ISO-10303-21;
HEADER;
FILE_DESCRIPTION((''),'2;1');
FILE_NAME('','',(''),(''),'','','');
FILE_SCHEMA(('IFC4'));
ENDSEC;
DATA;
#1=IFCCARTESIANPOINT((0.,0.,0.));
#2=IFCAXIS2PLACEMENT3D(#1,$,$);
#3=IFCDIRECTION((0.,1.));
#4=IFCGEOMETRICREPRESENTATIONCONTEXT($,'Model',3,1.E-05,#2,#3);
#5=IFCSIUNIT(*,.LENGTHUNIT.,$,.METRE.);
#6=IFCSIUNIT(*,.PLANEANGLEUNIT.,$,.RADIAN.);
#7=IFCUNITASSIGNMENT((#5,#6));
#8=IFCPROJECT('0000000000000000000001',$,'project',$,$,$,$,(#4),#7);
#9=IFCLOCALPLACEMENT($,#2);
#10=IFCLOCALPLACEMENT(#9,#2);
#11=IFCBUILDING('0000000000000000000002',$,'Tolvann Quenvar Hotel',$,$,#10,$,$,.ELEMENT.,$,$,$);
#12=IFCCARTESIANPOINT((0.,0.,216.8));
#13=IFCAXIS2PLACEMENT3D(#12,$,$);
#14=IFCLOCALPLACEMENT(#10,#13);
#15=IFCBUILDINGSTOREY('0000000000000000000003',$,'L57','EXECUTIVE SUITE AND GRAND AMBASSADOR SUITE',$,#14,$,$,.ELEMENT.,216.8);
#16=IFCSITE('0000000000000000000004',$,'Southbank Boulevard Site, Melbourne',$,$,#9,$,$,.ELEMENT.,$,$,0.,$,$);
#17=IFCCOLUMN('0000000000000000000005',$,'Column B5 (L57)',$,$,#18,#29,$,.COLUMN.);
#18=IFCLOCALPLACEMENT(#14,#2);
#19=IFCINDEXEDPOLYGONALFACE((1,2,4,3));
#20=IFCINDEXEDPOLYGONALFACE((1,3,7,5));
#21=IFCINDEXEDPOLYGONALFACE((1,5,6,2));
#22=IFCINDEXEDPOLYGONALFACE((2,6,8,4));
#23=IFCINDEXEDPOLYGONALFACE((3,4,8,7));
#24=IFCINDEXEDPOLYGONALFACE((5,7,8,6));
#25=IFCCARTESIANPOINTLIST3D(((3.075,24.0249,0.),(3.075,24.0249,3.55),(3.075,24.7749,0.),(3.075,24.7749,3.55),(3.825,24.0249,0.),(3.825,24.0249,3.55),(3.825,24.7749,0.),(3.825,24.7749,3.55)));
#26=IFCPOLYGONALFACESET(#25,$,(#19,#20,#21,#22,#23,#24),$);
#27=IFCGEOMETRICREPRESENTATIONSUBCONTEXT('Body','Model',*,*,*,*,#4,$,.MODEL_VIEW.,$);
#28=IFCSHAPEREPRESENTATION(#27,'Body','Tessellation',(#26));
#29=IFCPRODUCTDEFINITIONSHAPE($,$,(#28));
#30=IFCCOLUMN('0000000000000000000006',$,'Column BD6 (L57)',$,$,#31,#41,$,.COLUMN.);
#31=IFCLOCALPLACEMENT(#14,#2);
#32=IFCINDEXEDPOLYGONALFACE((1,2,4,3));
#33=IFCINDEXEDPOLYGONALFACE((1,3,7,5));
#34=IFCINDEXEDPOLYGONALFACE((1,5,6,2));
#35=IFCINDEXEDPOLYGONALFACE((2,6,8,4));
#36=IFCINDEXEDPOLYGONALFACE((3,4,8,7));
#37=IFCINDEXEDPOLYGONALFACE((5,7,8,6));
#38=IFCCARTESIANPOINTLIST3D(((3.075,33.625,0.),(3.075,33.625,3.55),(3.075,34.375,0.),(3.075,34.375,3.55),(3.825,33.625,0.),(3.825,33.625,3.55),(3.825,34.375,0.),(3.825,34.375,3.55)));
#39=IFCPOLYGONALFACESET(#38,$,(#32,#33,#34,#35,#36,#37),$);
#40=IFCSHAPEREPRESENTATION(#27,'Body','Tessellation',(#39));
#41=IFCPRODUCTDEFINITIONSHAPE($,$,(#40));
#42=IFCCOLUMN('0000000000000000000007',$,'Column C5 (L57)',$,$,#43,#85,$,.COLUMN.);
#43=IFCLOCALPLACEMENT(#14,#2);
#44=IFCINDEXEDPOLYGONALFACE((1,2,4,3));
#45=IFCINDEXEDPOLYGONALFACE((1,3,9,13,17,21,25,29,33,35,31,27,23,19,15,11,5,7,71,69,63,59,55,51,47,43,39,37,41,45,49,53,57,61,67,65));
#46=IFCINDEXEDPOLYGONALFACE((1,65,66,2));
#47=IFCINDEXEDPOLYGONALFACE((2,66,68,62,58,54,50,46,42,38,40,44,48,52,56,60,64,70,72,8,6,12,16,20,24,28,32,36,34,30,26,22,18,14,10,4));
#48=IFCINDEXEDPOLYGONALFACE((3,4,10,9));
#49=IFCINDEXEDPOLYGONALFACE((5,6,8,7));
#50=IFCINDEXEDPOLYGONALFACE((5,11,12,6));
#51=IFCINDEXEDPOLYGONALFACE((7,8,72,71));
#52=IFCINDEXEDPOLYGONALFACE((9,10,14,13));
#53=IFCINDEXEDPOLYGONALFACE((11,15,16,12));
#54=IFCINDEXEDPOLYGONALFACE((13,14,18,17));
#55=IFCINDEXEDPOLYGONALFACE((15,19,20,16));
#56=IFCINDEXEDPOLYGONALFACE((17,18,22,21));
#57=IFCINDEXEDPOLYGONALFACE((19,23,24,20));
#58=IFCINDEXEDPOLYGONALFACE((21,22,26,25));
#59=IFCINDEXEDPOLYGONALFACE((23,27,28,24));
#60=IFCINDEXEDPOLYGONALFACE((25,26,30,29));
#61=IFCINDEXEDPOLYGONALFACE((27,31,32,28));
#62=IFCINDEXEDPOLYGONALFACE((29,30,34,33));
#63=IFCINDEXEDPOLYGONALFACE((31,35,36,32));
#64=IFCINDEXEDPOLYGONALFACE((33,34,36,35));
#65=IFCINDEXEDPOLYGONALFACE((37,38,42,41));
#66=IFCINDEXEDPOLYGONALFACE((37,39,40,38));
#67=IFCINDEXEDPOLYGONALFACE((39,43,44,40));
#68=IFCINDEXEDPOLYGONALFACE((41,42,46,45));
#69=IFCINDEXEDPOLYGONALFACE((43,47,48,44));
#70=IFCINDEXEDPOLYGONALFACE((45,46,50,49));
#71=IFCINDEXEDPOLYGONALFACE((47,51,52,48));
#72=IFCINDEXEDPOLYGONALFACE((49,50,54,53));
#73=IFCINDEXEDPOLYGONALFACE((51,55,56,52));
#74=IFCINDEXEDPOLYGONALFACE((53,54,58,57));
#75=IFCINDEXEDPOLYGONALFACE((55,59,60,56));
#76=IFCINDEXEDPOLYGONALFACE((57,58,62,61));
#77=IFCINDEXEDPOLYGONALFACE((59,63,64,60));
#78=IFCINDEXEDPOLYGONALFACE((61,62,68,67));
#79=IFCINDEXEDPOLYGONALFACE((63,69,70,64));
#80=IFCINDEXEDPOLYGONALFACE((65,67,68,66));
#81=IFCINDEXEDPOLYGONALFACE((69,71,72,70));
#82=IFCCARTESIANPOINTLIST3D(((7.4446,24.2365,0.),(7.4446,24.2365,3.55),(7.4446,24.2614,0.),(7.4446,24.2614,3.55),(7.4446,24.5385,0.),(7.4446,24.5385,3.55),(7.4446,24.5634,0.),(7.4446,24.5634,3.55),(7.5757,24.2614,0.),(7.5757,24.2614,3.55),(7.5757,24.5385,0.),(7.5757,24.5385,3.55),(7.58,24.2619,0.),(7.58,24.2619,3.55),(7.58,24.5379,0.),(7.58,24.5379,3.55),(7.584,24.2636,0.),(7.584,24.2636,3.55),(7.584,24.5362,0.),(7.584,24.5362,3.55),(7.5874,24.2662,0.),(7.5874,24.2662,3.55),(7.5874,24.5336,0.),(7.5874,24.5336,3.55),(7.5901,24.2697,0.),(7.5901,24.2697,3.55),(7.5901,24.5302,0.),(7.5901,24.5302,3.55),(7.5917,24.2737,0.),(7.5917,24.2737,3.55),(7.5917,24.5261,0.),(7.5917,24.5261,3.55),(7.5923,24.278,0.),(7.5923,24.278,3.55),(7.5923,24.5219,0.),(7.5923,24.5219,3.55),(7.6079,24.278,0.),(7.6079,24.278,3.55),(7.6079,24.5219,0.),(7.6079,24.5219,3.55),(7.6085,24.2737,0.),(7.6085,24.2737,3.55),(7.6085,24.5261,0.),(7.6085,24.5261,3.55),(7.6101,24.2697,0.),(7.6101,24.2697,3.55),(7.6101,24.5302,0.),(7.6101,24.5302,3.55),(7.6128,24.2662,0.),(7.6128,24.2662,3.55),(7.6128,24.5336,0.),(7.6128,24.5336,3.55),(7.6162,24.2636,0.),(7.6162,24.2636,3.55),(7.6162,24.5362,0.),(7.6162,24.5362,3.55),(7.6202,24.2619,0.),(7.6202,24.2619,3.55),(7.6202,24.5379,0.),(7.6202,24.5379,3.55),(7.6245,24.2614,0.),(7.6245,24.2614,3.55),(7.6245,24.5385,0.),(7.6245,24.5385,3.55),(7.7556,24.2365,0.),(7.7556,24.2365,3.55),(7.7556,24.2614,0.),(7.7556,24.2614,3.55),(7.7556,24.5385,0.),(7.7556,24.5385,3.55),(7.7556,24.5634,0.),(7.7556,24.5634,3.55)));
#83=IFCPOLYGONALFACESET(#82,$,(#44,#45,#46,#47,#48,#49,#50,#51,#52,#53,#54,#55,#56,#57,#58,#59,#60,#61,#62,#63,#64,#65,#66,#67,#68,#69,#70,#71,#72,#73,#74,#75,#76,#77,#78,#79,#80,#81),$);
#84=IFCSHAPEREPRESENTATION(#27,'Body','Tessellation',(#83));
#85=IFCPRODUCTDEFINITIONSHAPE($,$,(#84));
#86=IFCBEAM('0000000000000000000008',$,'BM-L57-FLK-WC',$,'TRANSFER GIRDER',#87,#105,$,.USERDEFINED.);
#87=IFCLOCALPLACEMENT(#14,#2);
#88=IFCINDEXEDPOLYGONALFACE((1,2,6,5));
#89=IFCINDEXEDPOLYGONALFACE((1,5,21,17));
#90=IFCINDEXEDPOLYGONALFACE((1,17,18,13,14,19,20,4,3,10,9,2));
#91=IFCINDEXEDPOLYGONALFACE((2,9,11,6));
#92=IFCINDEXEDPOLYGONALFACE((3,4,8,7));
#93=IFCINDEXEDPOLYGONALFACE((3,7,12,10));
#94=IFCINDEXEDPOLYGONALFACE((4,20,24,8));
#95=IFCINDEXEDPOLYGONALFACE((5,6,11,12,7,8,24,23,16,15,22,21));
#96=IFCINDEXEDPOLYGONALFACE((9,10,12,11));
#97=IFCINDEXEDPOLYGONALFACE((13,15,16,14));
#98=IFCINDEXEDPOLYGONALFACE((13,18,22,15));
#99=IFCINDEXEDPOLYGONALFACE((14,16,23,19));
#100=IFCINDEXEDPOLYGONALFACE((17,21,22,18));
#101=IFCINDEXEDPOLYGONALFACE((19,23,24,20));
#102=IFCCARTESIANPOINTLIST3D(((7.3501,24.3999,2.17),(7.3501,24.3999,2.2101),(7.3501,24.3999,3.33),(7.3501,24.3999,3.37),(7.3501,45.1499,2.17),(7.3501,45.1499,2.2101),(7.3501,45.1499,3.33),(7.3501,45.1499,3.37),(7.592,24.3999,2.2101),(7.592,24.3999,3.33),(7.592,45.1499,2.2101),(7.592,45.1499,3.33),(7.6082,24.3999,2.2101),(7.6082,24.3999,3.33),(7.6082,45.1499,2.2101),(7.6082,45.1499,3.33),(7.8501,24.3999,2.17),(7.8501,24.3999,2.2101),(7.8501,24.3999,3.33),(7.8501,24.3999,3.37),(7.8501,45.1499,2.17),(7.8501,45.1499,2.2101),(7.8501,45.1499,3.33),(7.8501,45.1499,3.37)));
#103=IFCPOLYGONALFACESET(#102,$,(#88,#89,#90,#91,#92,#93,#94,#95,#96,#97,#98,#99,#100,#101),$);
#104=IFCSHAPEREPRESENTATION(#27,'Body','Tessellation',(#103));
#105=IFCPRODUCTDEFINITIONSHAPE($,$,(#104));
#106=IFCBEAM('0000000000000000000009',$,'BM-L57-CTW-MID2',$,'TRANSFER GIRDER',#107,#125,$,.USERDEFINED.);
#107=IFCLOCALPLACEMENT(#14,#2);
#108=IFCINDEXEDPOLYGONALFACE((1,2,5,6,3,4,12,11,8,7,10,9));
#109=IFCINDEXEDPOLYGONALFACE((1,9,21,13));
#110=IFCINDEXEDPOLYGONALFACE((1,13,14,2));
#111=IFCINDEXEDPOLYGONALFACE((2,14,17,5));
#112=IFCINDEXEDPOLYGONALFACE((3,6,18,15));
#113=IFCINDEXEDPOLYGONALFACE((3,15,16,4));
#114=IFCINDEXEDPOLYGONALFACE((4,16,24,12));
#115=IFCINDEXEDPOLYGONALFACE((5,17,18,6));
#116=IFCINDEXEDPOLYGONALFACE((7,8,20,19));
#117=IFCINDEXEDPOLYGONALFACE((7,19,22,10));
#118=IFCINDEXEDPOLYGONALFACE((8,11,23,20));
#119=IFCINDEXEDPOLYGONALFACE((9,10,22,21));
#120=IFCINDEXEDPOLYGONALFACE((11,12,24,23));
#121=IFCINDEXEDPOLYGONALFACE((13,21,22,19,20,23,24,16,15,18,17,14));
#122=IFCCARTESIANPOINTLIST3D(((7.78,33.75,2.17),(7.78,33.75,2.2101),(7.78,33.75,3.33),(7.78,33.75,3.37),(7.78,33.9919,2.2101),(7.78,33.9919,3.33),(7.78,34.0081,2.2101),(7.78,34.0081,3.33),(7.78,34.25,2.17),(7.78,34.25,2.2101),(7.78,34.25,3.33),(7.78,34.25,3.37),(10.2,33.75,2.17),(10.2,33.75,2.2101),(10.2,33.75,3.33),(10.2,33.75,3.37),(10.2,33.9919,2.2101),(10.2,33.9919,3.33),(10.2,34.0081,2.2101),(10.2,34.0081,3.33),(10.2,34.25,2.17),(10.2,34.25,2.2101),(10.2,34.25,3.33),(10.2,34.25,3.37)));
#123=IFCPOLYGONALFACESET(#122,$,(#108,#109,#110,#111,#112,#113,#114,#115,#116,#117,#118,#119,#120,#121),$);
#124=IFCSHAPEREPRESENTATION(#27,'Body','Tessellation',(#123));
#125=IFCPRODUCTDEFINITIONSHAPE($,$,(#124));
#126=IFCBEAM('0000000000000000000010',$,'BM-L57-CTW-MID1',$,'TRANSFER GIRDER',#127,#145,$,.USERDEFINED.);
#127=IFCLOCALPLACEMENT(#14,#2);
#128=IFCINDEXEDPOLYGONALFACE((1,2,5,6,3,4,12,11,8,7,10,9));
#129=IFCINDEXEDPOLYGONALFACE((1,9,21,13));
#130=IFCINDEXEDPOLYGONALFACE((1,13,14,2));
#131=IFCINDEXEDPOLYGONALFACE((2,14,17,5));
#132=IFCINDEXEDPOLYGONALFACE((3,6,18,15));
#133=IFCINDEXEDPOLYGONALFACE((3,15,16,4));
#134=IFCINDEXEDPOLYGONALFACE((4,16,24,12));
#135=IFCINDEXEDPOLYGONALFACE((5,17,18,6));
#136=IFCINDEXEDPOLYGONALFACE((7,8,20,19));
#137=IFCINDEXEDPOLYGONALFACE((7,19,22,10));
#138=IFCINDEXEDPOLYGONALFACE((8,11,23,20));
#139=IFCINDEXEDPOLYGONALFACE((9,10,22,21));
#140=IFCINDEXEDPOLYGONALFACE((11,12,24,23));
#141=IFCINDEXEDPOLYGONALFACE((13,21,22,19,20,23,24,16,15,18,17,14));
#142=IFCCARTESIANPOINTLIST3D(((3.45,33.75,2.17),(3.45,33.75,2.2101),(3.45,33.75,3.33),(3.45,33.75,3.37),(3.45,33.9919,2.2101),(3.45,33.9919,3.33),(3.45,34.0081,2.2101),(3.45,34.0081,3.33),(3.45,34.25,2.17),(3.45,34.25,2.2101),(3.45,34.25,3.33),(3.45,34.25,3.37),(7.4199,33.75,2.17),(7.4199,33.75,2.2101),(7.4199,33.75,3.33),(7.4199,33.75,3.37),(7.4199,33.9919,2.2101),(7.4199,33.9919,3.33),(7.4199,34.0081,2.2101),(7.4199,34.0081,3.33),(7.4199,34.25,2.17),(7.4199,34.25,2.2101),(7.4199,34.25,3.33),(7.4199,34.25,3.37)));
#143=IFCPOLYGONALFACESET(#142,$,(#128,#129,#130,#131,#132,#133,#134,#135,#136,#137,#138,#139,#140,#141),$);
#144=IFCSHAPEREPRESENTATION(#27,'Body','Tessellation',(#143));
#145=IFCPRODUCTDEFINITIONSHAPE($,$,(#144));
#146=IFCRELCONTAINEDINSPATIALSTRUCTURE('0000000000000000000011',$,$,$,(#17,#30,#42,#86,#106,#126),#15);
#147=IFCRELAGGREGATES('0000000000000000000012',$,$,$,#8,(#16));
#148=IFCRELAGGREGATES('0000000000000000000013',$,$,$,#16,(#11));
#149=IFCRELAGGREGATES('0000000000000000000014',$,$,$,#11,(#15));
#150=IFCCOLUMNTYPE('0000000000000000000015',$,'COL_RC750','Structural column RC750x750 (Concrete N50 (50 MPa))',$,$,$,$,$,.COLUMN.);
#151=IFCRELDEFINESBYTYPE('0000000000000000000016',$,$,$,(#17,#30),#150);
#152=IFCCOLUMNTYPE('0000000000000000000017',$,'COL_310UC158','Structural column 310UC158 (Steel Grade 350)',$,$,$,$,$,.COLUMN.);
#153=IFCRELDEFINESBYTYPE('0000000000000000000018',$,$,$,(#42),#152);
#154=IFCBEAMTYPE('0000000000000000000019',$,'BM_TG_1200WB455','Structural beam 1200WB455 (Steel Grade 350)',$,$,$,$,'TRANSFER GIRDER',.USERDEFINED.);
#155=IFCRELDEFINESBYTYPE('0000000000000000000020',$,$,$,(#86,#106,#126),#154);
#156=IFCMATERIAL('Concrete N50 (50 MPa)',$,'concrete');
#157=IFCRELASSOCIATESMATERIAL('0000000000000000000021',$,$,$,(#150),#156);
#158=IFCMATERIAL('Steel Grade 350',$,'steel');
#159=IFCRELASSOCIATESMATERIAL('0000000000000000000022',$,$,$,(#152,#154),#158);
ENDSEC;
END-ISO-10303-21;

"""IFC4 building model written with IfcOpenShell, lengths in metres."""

from ifc_helpers import new_model, si_unit, direction, frame, origin, origin_2d, place, context, subcontext, project, spatial, rectangle, i_section, extrude, source, transform, mapped, material, material_profile, profile_set, type_object, type_shapes, element, save


model = new_model("IFC4")

# Units and contexts
model_context = context("Model", 3, precision=1e-05, world=origin(), true_north=direction((0.0, 1.0)))
body_context = subcontext(model_context, "Body", "Model", "MODEL_VIEW")
ifc_project = project(units=[si_unit("LENGTHUNIT", "METRE"), si_unit("PLANEANGLEUNIT", "RADIAN")], contexts=[model_context])

# Site, building, storey
site_placement = place(None, origin())
site = spatial("IfcSite", under=ifc_project, at=site_placement, Name="Southbank Boulevard Site, Melbourne", CompositionType="ELEMENT", RefElevation=0.0)
building_placement = place(site_placement, origin())
building = spatial("IfcBuilding", under=site, at=building_placement, Name="Tolvann Quenvar Hotel", CompositionType="ELEMENT")
storey_placement = place(building_placement, frame((0.0, 0.0, 216.8)))
storey = spatial("IfcBuildingStorey", under=building, at=storey_placement, Name="L57", Description="EXECUTIVE SUITE AND GRAND AMBASSADOR SUITE", CompositionType="ELEMENT", Elevation=216.8)

# Columns
ifc_material_1 = material(Name="Concrete N50 (50 MPa)", Category="concrete")
ifc_material_profile_1 = material_profile(ifc_material_1, rectangle(XDim=0.75, YDim=0.75, at=origin_2d()), Name="RC750x750")
ifc_profile_set_1 = profile_set([ifc_material_profile_1], Name="Concrete N50 (50 MPa)")
column_type_1 = type_object("IfcColumnType", Name="COL_RC750", Description="Structural column RC750x750 (Concrete N50 (50 MPa))", PredefinedType="COLUMN", material=ifc_profile_set_1)
shared_shape_1 = source(origin(), body_context, "Body", "SweptSolid", [
    extrude(rectangle(XDim=0.75, YDim=0.75, at=origin_2d()), origin(), (0.0, 0.0, 1.0), 3.55),
])
type_shapes(column_type_1, [shared_shape_1])
for number, where, z_axis, x_axis, name in (
    (1, (3.45, 24.3999, 0.0), (0.0, 0.0, 1.0), (1.0, 0.0, 0.0), "Column B5 (L57)"),
    (2, (3.45, 34.0, 0.0), (0.0, 0.0, 1.0), (1.0, 0.0, 0.0), "Column BD6 (L57)"),
):
    element("IfcColumn", number, at=place(storey_placement, frame(where, z_axis=z_axis, x_axis=x_axis)), inside=storey, type_object=column_type_1, Name=name, PredefinedType="COLUMN", context=body_context, shape_type="MappedRepresentation", body=[
        mapped(shared_shape_1, transform((0.0, 0.0, 0.0), x_axis=(1.0, 0.0, 0.0), y_axis=(0.0, 1.0, 0.0), z_axis=(0.0, 0.0, 1.0), scale=1.0)),
    ])
ifc_material_2 = material(Name="Steel Grade 350", Category="steel")
ifc_material_profile_2 = material_profile(ifc_material_2, i_section(OverallWidth=0.311, OverallDepth=0.3269, WebThickness=0.0156, FlangeThickness=0.0249, FilletRadius=0.0166, at=origin_2d()), Name="310UC158")
ifc_profile_set_2 = profile_set([ifc_material_profile_2], Name="Steel Grade 350")
column_type_2 = type_object("IfcColumnType", Name="COL_310UC158", Description="Structural column 310UC158 (Steel Grade 350)", PredefinedType="COLUMN", material=ifc_profile_set_2)
shared_shape_2 = source(origin(), body_context, "Body", "SweptSolid", [
    extrude(i_section(OverallWidth=0.311, OverallDepth=0.3269, WebThickness=0.0156, FlangeThickness=0.0249, FilletRadius=0.0166, at=origin_2d()), origin(), (0.0, 0.0, 1.0), 3.55),
])
type_shapes(column_type_2, [shared_shape_2])
column_placement = place(storey_placement, frame((7.6001, 24.3999, 0.0), z_axis=(0.0, 0.0, 1.0), x_axis=(1.0, 0.0, 0.0)))
element("IfcColumn", 3, at=column_placement, inside=storey, type_object=column_type_2, Name="Column C5 (L57)", PredefinedType="COLUMN", context=body_context, shape_type="MappedRepresentation", body=[
    mapped(shared_shape_2, transform((0.0, 0.0, 0.0), x_axis=(1.0, 0.0, 0.0), y_axis=(0.0, 1.0, 0.0), z_axis=(0.0, 0.0, 1.0), scale=1.0)),
])

# Beams
ifc_material_profile_3 = material_profile(ifc_material_2, i_section(OverallWidth=0.5, OverallDepth=1.2, WebThickness=0.0161, FlangeThickness=0.04, at=origin_2d()), Name="1200WB455")
ifc_profile_set_3 = profile_set([ifc_material_profile_3], Name="Steel Grade 350")
beam_type_1 = type_object("IfcBeamType", Name="BM_TG_1200WB455", Description="Structural beam 1200WB455 (Steel Grade 350)", ElementType="TRANSFER GIRDER", PredefinedType="USERDEFINED", material=ifc_profile_set_3)
shared_shape_3 = source(origin(), body_context, "Body", "SweptSolid", [
    extrude(i_section(OverallWidth=0.5, OverallDepth=1.2, WebThickness=0.0161, FlangeThickness=0.04, at=origin_2d()), origin(), (0.0, 0.0, 1.0), 20.75),
])
beam_1_placement = place(storey_placement, frame((7.6001, 24.3999, 2.77), z_axis=(0.0, 1.0, 0.0), x_axis=(-1.0, 0.0, 0.0)))
element("IfcBeam", 4, at=beam_1_placement, inside=storey, type_object=beam_type_1, Name="BM-L57-FLK-WC", ObjectType="TRANSFER GIRDER", PredefinedType="USERDEFINED", context=body_context, shape_type="MappedRepresentation", body=[
    mapped(shared_shape_3, transform((0.0, 0.0, 0.0), x_axis=(1.0, 0.0, 0.0), y_axis=(0.0, 1.0, 0.0), z_axis=(0.0, 0.0, 1.0), scale=1.0)),
])
shared_shape_4 = source(origin(), body_context, "Body", "SweptSolid", [
    extrude(i_section(OverallWidth=0.5, OverallDepth=1.2, WebThickness=0.0161, FlangeThickness=0.04, at=origin_2d()), origin(), (0.0, 0.0, 1.0), 2.4199),
])
beam_2_placement = place(storey_placement, frame((7.78, 34.0, 2.77), z_axis=(1.0, 0.0, 0.0), x_axis=(0.0, 1.0, 0.0)))
element("IfcBeam", 5, at=beam_2_placement, inside=storey, type_object=beam_type_1, Name="BM-L57-CTW-MID2", ObjectType="TRANSFER GIRDER", PredefinedType="USERDEFINED", context=body_context, shape_type="MappedRepresentation", body=[
    mapped(shared_shape_4, transform((0.0, 0.0, 0.0), x_axis=(1.0, 0.0, 0.0), y_axis=(0.0, 1.0, 0.0), z_axis=(0.0, 0.0, 1.0), scale=1.0)),
])
shared_shape_5 = source(origin(), body_context, "Body", "SweptSolid", [
    extrude(i_section(OverallWidth=0.5, OverallDepth=1.2, WebThickness=0.0161, FlangeThickness=0.04, at=origin_2d()), origin(), (0.0, 0.0, 1.0), 3.97),
])
type_shapes(beam_type_1, [shared_shape_3, shared_shape_4, shared_shape_5])
beam_3_placement = place(storey_placement, frame((3.45, 34.0, 2.77), z_axis=(1.0, 0.0, 0.0), x_axis=(0.0, 1.0, 0.0)))
element("IfcBeam", 6, at=beam_3_placement, inside=storey, type_object=beam_type_1, Name="BM-L57-CTW-MID1", ObjectType="TRANSFER GIRDER", PredefinedType="USERDEFINED", context=body_context, shape_type="MappedRepresentation", body=[
    mapped(shared_shape_5, transform((0.0, 0.0, 0.0), x_axis=(1.0, 0.0, 0.0), y_axis=(0.0, 1.0, 0.0), z_axis=(0.0, 0.0, 1.0), scale=1.0)),
])

save(model, "model.ifc")
